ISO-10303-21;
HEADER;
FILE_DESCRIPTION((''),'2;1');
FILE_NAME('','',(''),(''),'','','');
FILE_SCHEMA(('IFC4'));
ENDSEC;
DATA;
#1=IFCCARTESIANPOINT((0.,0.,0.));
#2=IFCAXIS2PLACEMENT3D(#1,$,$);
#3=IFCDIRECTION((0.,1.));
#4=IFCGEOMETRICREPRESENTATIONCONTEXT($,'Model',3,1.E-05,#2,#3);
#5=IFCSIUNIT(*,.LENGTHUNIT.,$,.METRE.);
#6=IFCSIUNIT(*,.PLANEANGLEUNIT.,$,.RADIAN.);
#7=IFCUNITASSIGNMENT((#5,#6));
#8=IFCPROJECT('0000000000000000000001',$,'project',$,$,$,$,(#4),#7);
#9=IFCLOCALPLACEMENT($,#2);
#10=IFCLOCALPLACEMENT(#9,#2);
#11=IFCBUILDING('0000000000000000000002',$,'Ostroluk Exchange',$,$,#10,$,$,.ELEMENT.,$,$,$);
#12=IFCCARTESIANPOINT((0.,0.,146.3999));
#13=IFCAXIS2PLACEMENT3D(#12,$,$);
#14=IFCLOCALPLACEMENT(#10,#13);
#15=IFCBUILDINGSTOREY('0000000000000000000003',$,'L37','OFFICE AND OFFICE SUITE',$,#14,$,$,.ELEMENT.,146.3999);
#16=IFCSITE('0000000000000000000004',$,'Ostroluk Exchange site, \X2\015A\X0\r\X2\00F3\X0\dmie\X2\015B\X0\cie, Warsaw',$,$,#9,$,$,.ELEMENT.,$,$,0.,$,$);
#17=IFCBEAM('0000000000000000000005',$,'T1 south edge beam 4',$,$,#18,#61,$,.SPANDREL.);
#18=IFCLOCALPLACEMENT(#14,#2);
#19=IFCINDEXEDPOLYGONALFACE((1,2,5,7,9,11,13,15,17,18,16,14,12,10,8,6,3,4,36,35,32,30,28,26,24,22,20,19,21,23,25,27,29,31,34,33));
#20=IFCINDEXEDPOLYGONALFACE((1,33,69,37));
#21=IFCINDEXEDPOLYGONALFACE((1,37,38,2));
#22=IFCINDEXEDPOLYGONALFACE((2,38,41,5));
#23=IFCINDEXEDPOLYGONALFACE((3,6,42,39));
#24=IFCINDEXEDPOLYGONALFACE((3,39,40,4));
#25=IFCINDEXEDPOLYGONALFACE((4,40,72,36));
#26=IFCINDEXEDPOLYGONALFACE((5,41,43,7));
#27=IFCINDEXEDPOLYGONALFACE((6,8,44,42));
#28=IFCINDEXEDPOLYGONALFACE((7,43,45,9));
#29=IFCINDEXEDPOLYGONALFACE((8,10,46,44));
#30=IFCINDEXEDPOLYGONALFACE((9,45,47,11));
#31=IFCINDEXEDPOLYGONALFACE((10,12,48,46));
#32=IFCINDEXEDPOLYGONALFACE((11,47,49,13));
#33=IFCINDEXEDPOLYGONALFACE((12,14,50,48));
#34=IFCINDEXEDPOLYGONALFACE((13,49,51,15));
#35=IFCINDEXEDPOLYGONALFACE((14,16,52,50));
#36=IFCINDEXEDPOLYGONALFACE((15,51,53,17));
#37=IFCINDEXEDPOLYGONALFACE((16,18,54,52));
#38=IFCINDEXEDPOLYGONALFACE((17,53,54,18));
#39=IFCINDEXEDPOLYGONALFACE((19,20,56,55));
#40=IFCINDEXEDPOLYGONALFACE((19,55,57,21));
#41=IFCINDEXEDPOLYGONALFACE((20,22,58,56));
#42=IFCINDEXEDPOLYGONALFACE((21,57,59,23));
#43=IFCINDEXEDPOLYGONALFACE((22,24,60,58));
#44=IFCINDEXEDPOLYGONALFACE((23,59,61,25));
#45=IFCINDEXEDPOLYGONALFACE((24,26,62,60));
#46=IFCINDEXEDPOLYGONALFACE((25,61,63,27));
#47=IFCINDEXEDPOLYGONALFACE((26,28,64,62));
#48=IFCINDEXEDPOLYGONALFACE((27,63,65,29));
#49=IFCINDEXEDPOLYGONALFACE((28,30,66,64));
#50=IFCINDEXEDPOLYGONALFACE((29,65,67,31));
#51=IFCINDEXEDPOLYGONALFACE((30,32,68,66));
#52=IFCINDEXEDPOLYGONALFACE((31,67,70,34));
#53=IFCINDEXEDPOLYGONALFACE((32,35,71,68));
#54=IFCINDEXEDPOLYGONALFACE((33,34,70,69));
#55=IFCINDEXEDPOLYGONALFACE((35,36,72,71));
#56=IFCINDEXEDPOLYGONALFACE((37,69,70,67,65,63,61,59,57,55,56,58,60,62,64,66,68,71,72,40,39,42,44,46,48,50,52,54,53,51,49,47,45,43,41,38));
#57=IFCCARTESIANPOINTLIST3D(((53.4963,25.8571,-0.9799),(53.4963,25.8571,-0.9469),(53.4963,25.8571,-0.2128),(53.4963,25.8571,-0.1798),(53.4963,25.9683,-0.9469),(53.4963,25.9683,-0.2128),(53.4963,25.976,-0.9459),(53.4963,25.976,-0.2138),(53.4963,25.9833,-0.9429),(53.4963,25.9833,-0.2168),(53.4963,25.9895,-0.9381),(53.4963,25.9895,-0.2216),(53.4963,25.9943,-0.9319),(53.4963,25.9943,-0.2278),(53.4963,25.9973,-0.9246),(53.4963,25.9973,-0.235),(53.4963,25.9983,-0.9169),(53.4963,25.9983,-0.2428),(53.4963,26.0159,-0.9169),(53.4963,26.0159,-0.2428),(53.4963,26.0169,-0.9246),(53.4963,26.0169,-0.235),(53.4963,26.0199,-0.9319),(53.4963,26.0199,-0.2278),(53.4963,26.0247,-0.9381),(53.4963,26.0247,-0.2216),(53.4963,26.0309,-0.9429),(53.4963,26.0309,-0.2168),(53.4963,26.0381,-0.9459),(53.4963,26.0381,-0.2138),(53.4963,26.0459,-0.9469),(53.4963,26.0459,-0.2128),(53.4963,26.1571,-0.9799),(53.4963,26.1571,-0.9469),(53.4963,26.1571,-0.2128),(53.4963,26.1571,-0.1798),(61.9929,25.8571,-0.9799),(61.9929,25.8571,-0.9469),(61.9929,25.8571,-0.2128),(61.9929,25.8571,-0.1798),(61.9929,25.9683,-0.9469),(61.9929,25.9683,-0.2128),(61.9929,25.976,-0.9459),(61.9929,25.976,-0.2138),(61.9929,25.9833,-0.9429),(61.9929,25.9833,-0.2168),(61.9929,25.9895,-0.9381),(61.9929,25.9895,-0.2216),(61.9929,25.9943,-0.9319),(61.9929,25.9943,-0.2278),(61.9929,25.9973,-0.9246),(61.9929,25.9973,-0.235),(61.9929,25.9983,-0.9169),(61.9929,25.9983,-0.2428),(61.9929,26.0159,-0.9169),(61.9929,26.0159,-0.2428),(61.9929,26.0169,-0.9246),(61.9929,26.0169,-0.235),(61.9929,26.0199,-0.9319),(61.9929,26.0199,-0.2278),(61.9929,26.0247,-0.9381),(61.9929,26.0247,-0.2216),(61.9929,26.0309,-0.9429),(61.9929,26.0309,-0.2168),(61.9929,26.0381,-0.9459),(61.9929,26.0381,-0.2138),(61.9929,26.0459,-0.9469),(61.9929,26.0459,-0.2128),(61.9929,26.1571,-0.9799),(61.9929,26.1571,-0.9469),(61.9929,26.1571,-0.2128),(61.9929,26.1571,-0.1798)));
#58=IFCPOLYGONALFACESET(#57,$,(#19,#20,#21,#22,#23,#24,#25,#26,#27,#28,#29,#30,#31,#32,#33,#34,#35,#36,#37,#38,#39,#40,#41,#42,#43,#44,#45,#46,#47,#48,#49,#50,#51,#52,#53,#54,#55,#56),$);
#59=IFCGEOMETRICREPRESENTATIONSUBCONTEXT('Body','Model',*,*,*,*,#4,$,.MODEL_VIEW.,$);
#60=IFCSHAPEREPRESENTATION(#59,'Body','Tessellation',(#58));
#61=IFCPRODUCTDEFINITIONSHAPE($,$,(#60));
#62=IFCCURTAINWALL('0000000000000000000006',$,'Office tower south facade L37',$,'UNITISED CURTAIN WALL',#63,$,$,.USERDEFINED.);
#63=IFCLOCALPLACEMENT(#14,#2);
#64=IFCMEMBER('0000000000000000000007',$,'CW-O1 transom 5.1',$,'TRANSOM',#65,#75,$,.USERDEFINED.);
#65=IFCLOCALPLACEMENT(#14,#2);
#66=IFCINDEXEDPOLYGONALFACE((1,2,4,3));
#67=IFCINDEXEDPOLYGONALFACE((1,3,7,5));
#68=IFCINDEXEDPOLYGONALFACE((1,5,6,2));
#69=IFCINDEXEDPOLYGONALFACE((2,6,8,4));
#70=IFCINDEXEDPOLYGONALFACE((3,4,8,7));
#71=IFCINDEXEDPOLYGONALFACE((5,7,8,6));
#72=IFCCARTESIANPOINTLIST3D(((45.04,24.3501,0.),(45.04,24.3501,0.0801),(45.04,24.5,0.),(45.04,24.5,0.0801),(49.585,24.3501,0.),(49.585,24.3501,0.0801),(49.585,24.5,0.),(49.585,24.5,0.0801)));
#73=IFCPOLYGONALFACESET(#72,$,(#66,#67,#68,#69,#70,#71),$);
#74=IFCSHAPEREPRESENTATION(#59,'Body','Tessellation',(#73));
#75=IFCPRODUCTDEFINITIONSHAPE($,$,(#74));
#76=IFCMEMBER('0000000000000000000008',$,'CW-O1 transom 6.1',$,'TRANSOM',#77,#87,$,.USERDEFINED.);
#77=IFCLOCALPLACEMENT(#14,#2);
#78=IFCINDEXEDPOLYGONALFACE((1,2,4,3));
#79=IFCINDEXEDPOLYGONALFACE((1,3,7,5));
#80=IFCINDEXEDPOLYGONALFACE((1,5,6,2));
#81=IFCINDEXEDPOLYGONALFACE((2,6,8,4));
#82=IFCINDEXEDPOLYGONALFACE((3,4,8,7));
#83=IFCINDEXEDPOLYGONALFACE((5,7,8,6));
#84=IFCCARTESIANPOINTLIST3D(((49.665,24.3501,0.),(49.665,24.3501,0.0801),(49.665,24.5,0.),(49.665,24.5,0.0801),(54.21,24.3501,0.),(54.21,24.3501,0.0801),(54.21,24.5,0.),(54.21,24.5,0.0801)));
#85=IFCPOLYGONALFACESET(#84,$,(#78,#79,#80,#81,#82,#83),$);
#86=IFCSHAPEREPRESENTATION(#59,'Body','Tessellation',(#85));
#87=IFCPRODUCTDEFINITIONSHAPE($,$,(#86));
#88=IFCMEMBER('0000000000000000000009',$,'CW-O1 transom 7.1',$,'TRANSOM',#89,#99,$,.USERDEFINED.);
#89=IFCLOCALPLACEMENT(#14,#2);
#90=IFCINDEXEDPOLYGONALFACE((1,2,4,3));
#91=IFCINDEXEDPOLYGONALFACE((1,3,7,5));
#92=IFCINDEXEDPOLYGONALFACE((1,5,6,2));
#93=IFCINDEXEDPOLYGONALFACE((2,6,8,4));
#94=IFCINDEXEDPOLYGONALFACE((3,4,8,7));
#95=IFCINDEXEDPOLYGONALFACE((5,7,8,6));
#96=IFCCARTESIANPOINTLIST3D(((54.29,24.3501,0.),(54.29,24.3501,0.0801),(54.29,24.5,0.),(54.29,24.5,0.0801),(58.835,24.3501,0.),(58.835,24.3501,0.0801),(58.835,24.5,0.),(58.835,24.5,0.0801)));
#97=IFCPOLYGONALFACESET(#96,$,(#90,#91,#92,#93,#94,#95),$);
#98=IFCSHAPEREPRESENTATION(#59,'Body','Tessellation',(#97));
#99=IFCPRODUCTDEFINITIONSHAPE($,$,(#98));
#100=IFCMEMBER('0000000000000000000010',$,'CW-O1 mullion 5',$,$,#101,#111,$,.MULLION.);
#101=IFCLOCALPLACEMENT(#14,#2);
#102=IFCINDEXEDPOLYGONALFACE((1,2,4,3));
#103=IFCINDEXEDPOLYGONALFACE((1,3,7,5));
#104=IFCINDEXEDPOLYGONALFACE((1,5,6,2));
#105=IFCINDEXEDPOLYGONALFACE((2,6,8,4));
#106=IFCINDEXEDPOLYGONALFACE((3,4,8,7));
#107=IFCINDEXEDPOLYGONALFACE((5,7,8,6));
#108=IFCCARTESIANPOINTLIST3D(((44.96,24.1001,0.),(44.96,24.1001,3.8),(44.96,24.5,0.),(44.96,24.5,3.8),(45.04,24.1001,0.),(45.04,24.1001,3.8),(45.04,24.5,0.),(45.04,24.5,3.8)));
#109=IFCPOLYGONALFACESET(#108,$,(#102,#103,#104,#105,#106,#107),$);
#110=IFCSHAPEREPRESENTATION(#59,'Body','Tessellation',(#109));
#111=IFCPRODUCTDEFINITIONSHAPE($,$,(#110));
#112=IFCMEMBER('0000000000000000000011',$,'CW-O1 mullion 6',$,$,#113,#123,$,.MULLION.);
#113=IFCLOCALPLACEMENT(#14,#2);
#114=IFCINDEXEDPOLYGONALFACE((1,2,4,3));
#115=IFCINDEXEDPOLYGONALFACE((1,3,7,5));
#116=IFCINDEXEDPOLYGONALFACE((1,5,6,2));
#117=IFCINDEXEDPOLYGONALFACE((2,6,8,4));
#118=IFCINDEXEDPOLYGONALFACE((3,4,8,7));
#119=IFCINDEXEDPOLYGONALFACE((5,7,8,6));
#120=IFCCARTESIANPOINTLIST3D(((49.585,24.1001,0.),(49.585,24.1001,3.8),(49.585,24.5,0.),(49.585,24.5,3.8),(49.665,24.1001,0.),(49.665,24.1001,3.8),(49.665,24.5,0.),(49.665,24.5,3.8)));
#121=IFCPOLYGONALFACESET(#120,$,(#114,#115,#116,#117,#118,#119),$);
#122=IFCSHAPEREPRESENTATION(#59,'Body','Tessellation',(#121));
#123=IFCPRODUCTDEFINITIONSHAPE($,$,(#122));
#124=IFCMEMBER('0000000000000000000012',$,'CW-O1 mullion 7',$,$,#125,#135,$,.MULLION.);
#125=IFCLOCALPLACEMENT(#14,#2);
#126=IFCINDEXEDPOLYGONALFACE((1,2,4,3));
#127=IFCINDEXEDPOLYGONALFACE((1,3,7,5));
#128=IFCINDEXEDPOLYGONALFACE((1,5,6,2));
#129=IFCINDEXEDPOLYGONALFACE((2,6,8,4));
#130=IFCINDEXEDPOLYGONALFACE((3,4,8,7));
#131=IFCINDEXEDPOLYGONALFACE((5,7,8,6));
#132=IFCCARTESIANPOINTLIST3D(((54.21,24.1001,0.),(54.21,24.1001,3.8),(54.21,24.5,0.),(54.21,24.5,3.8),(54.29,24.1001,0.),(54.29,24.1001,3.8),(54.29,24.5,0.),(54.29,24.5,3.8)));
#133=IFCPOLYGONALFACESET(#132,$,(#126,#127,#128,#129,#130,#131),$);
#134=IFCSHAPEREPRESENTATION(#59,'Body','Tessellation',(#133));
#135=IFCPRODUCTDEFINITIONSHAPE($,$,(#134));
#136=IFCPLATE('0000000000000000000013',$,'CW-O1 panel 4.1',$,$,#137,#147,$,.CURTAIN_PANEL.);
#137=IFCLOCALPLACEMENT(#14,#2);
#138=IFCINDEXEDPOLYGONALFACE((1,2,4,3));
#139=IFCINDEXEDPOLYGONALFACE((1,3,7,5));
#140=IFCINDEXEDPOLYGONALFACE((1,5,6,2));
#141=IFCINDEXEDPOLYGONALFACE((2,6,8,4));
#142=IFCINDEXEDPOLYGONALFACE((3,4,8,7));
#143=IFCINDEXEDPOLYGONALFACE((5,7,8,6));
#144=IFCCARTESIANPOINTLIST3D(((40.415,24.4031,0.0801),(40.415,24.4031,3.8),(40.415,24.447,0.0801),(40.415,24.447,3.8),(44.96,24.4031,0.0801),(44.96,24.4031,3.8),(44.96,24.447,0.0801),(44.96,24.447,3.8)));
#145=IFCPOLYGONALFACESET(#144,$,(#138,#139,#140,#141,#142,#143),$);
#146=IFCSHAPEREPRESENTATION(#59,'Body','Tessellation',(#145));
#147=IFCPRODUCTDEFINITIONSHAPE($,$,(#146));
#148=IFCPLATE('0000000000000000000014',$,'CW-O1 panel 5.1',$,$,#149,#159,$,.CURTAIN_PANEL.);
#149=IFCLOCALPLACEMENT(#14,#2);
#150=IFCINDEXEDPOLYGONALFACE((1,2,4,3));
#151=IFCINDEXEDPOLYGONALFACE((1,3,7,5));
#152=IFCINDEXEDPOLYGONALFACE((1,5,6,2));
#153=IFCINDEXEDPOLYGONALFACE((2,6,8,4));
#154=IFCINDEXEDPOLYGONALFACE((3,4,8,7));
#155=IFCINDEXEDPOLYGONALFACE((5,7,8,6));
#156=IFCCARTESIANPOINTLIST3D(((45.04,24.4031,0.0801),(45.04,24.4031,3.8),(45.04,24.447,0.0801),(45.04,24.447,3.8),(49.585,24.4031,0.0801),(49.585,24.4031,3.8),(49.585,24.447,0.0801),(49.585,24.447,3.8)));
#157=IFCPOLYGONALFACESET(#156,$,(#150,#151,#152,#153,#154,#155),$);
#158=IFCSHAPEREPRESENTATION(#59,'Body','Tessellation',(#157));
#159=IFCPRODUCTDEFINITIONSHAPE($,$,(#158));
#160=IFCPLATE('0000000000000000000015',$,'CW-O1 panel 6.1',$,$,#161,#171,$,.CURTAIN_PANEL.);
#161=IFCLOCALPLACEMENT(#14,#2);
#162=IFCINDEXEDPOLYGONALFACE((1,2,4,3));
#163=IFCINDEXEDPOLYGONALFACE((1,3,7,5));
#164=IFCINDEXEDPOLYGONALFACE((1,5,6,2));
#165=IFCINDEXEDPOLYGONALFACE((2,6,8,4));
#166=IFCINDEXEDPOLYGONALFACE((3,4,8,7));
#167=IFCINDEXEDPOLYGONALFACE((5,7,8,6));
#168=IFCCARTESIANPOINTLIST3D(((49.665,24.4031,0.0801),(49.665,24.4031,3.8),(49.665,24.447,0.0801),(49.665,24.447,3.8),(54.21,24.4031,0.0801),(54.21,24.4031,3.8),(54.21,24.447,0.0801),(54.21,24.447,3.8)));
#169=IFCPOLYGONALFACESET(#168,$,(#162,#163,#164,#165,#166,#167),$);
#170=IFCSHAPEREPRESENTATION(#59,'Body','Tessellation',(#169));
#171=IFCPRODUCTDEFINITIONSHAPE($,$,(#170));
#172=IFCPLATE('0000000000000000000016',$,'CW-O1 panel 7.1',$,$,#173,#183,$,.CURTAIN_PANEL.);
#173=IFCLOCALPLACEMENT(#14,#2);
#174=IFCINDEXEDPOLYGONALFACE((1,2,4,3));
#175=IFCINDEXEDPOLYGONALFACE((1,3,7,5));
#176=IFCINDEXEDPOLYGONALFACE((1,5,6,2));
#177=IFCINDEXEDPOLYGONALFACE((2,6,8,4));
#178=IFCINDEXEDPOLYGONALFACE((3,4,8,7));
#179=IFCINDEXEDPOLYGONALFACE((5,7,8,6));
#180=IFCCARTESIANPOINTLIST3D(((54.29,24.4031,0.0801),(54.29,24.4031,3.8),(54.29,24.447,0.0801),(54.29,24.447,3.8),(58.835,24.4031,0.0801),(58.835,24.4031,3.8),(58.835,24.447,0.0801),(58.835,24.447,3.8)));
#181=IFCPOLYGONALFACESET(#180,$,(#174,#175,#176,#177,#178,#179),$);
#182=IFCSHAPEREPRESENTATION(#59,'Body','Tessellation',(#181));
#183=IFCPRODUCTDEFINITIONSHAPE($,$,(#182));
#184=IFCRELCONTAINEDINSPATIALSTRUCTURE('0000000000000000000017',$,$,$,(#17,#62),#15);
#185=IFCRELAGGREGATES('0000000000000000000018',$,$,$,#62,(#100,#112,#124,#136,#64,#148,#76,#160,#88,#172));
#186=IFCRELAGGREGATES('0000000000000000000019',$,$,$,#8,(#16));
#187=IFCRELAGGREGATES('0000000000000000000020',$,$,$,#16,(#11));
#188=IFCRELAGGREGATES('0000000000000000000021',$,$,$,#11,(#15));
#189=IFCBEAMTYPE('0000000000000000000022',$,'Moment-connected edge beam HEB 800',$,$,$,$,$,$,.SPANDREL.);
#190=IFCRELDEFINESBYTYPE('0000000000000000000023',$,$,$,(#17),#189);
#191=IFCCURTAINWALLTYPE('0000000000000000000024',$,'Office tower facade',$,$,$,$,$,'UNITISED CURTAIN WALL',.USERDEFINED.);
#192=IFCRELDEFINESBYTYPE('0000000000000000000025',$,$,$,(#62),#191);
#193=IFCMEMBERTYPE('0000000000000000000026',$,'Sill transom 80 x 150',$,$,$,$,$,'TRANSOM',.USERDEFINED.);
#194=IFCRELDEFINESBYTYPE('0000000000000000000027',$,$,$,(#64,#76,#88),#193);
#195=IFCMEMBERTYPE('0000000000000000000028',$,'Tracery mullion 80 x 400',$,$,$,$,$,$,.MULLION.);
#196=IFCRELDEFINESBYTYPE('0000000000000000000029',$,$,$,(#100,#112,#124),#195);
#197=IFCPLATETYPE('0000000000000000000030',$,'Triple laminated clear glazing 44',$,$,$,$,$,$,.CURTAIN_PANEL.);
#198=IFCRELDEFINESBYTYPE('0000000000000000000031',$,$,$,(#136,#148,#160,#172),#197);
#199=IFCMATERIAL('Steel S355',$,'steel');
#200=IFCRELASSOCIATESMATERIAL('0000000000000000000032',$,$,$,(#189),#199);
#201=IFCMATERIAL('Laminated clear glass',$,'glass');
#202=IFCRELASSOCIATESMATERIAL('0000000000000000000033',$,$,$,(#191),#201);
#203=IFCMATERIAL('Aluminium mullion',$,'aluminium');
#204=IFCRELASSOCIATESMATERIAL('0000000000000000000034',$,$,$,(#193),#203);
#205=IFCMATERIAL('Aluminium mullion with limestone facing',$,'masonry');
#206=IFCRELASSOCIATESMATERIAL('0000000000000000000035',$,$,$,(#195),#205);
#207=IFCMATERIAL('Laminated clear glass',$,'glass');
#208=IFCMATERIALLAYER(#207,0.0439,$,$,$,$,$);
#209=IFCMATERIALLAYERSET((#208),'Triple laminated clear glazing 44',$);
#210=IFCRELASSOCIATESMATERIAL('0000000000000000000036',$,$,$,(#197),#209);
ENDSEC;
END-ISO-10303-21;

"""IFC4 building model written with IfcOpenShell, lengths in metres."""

from ifc_helpers import new_model, si_unit, direction, frame, origin, origin_2d, place, context, subcontext, project, spatial, rectangle, i_section, extrude, material, layer, layer_set, material_profile, profile_set, type_object, element, aggregate, save


model = new_model("IFC4")

# Units and contexts
model_context = context("Model", 3, precision=1e-05, world=origin(), true_north=direction((0.0, 1.0)))
body_context = subcontext(model_context, "Body", "Model", "MODEL_VIEW")
ifc_project = project(units=[si_unit("LENGTHUNIT", "METRE"), si_unit("PLANEANGLEUNIT", "RADIAN")], contexts=[model_context])

# Site, building, storey
site_placement = place(None, origin())
site = spatial("IfcSite", under=ifc_project, at=site_placement, Name="Ostroluk Exchange site, Śródmieście, Warsaw", CompositionType="ELEMENT", RefElevation=0.0)
building_placement = place(site_placement, origin())
building = spatial("IfcBuilding", under=site, at=building_placement, Name="Ostroluk Exchange", CompositionType="ELEMENT")
storey_placement = place(building_placement, frame((0.0, 0.0, 146.3999)))
storey = spatial("IfcBuildingStorey", under=building, at=storey_placement, Name="L37", Description="OFFICE AND OFFICE SUITE", CompositionType="ELEMENT", Elevation=146.3999)

# Beam
ifc_material_1 = material(Name="Steel S355", Category="steel")
ifc_material_profile_1 = material_profile(ifc_material_1, i_section(OverallWidth=0.3, OverallDepth=0.8, WebThickness=0.0176, FlangeThickness=0.033, FilletRadius=0.03, at=origin_2d()), Name="HEB 800")
ifc_profile_set_1 = profile_set([ifc_material_profile_1], Name="Steel S355")
beam_type_1 = type_object("IfcBeamType", Name="Moment-connected edge beam HEB 800", PredefinedType="SPANDREL", material=ifc_profile_set_1)
beam_1_placement = place(storey_placement, frame((53.4963, 26.0071, -0.5798), z_axis=(1.0, 0.0, 0.0), x_axis=(0.0, 1.0, 0.0)))
element("IfcBeam", 1, at=beam_1_placement, inside=storey, type_object=beam_type_1, Name="T1 south edge beam 4", PredefinedType="SPANDREL", context=body_context, shape_type="SweptSolid", body=[
    extrude(i_section(OverallWidth=0.3, OverallDepth=0.8, WebThickness=0.0176, FlangeThickness=0.033, FilletRadius=0.03, at=origin_2d()), origin(), (0.0, 0.0, 1.0), 8.4966),
])

# Curtain wall, members, plates
ifc_material_2 = material(Name="Laminated clear glass", Category="glass")
curtain_wall_type = type_object("IfcCurtainWallType", Name="Office tower facade", ElementType="UNITISED CURTAIN WALL", PredefinedType="USERDEFINED", material=ifc_material_2)
curtain_wall_placement = place(storey_placement, origin())
curtain_wall = element("IfcCurtainWall", 2, at=curtain_wall_placement, inside=storey, type_object=curtain_wall_type, Name="Office tower south facade L37", ObjectType="UNITISED CURTAIN WALL", PredefinedType="USERDEFINED")
ifc_material_3 = material(Name="Aluminium mullion", Category="aluminium")
ifc_material_profile_2 = material_profile(ifc_material_3, rectangle(XDim=0.1499, YDim=0.0801, at=origin_2d()), Name="Sill transom 80 x 150")
ifc_profile_set_2 = profile_set([ifc_material_profile_2], Name="Aluminium mullion")
member_type_1 = type_object("IfcMemberType", Name="Sill transom 80 x 150", ElementType="TRANSOM", PredefinedType="USERDEFINED", material=ifc_profile_set_2)
member_1_placement = place(storey_placement, frame((45.04, 24.425, 0.04), z_axis=(1.0, 0.0, 0.0), x_axis=(0.0, 1.0, 0.0)))
member_1 = element("IfcMember", 3, at=member_1_placement, type_object=member_type_1, Name="CW-O1 transom 5.1", ObjectType="TRANSOM", PredefinedType="USERDEFINED", context=body_context, shape_type="SweptSolid", body=[
    extrude(rectangle(XDim=0.1499, YDim=0.0801, at=origin_2d()), origin(), (0.0, 0.0, 1.0), 4.5449),
])
member_2_placement = place(storey_placement, frame((49.665, 24.425, 0.04), z_axis=(1.0, 0.0, 0.0), x_axis=(0.0, 1.0, 0.0)))
member_2 = element("IfcMember", 4, at=member_2_placement, type_object=member_type_1, Name="CW-O1 transom 6.1", ObjectType="TRANSOM", PredefinedType="USERDEFINED", context=body_context, shape_type="SweptSolid", body=[
    extrude(rectangle(XDim=0.1499, YDim=0.0801, at=origin_2d()), origin(), (0.0, 0.0, 1.0), 4.5449),
])
member_3_placement = place(storey_placement, frame((54.29, 24.425, 0.04), z_axis=(1.0, 0.0, 0.0), x_axis=(0.0, 1.0, 0.0)))
member_3 = element("IfcMember", 5, at=member_3_placement, type_object=member_type_1, Name="CW-O1 transom 7.1", ObjectType="TRANSOM", PredefinedType="USERDEFINED", context=body_context, shape_type="SweptSolid", body=[
    extrude(rectangle(XDim=0.1499, YDim=0.0801, at=origin_2d()), origin(), (0.0, 0.0, 1.0), 4.5449),
])
ifc_material_4 = material(Name="Aluminium mullion with limestone facing", Category="masonry")
ifc_material_profile_3 = material_profile(ifc_material_4, rectangle(XDim=0.3999, YDim=0.0801, at=origin_2d()), Name="Tracery mullion 80 x 400")
ifc_profile_set_3 = profile_set([ifc_material_profile_3], Name="Aluminium mullion with limestone facing")
member_type_2 = type_object("IfcMemberType", Name="Tracery mullion 80 x 400", PredefinedType="MULLION", material=ifc_profile_set_3)
member_4_placement = place(storey_placement, frame((45.0, 24.3, 0.0), z_axis=(0.0, 0.0, 1.0), x_axis=(0.0, 1.0, 0.0)))
member_4 = element("IfcMember", 6, at=member_4_placement, type_object=member_type_2, Name="CW-O1 mullion 5", PredefinedType="MULLION", context=body_context, shape_type="SweptSolid", body=[
    extrude(rectangle(XDim=0.3999, YDim=0.0801, at=origin_2d()), origin(), (0.0, 0.0, 1.0), 3.8),
])
member_5_placement = place(storey_placement, frame((49.625, 24.3, 0.0), z_axis=(0.0, 0.0, 1.0), x_axis=(0.0, 1.0, 0.0)))
member_5 = element("IfcMember", 7, at=member_5_placement, type_object=member_type_2, Name="CW-O1 mullion 6", PredefinedType="MULLION", context=body_context, shape_type="SweptSolid", body=[
    extrude(rectangle(XDim=0.3999, YDim=0.0801, at=origin_2d()), origin(), (0.0, 0.0, 1.0), 3.8),
])
member_6_placement = place(storey_placement, frame((54.25, 24.3, 0.0), z_axis=(0.0, 0.0, 1.0), x_axis=(0.0, 1.0, 0.0)))
member_6 = element("IfcMember", 8, at=member_6_placement, type_object=member_type_2, Name="CW-O1 mullion 7", PredefinedType="MULLION", context=body_context, shape_type="SweptSolid", body=[
    extrude(rectangle(XDim=0.3999, YDim=0.0801, at=origin_2d()), origin(), (0.0, 0.0, 1.0), 3.8),
])
ifc_material_5 = material(Name="Laminated clear glass", Category="glass")
ifc_layer_1 = layer(ifc_material_5, 0.0439)
ifc_layer_set_1 = layer_set([ifc_layer_1], Name="Triple laminated clear glazing 44")
plate_type = type_object("IfcPlateType", Name="Triple laminated clear glazing 44", PredefinedType="CURTAIN_PANEL", material=ifc_layer_set_1)
plate_1_placement = place(storey_placement, frame((42.6875, 24.425, 0.0801), z_axis=(0.0, 0.0, 1.0), x_axis=(1.0, 0.0, 0.0)))
plate_1 = element("IfcPlate", 9, at=plate_1_placement, type_object=plate_type, Name="CW-O1 panel 4.1", PredefinedType="CURTAIN_PANEL", context=body_context, shape_type="SweptSolid", body=[
    extrude(rectangle(XDim=4.5449, YDim=0.0439, at=origin_2d()), origin(), (0.0, 0.0, 1.0), 3.72),
])
plate_2_placement = place(storey_placement, frame((47.3125, 24.425, 0.0801), z_axis=(0.0, 0.0, 1.0), x_axis=(1.0, 0.0, 0.0)))
plate_2 = element("IfcPlate", 10, at=plate_2_placement, type_object=plate_type, Name="CW-O1 panel 5.1", PredefinedType="CURTAIN_PANEL", context=body_context, shape_type="SweptSolid", body=[
    extrude(rectangle(XDim=4.5449, YDim=0.0439, at=origin_2d()), origin(), (0.0, 0.0, 1.0), 3.72),
])
plate_3_placement = place(storey_placement, frame((51.9375, 24.425, 0.0801), z_axis=(0.0, 0.0, 1.0), x_axis=(1.0, 0.0, 0.0)))
plate_3 = element("IfcPlate", 11, at=plate_3_placement, type_object=plate_type, Name="CW-O1 panel 6.1", PredefinedType="CURTAIN_PANEL", context=body_context, shape_type="SweptSolid", body=[
    extrude(rectangle(XDim=4.5449, YDim=0.0439, at=origin_2d()), origin(), (0.0, 0.0, 1.0), 3.72),
])
plate_4_placement = place(storey_placement, frame((56.5625, 24.425, 0.0801), z_axis=(0.0, 0.0, 1.0), x_axis=(1.0, 0.0, 0.0)))
plate_4 = element("IfcPlate", 12, at=plate_4_placement, type_object=plate_type, Name="CW-O1 panel 7.1", PredefinedType="CURTAIN_PANEL", context=body_context, shape_type="SweptSolid", body=[
    extrude(rectangle(XDim=4.5449, YDim=0.0439, at=origin_2d()), origin(), (0.0, 0.0, 1.0), 3.72),
])
aggregate(curtain_wall, [member_4, member_5, member_6, plate_1, member_1, plate_2, member_2, plate_3, member_3, plate_4])

save(model, "model.ifc")
